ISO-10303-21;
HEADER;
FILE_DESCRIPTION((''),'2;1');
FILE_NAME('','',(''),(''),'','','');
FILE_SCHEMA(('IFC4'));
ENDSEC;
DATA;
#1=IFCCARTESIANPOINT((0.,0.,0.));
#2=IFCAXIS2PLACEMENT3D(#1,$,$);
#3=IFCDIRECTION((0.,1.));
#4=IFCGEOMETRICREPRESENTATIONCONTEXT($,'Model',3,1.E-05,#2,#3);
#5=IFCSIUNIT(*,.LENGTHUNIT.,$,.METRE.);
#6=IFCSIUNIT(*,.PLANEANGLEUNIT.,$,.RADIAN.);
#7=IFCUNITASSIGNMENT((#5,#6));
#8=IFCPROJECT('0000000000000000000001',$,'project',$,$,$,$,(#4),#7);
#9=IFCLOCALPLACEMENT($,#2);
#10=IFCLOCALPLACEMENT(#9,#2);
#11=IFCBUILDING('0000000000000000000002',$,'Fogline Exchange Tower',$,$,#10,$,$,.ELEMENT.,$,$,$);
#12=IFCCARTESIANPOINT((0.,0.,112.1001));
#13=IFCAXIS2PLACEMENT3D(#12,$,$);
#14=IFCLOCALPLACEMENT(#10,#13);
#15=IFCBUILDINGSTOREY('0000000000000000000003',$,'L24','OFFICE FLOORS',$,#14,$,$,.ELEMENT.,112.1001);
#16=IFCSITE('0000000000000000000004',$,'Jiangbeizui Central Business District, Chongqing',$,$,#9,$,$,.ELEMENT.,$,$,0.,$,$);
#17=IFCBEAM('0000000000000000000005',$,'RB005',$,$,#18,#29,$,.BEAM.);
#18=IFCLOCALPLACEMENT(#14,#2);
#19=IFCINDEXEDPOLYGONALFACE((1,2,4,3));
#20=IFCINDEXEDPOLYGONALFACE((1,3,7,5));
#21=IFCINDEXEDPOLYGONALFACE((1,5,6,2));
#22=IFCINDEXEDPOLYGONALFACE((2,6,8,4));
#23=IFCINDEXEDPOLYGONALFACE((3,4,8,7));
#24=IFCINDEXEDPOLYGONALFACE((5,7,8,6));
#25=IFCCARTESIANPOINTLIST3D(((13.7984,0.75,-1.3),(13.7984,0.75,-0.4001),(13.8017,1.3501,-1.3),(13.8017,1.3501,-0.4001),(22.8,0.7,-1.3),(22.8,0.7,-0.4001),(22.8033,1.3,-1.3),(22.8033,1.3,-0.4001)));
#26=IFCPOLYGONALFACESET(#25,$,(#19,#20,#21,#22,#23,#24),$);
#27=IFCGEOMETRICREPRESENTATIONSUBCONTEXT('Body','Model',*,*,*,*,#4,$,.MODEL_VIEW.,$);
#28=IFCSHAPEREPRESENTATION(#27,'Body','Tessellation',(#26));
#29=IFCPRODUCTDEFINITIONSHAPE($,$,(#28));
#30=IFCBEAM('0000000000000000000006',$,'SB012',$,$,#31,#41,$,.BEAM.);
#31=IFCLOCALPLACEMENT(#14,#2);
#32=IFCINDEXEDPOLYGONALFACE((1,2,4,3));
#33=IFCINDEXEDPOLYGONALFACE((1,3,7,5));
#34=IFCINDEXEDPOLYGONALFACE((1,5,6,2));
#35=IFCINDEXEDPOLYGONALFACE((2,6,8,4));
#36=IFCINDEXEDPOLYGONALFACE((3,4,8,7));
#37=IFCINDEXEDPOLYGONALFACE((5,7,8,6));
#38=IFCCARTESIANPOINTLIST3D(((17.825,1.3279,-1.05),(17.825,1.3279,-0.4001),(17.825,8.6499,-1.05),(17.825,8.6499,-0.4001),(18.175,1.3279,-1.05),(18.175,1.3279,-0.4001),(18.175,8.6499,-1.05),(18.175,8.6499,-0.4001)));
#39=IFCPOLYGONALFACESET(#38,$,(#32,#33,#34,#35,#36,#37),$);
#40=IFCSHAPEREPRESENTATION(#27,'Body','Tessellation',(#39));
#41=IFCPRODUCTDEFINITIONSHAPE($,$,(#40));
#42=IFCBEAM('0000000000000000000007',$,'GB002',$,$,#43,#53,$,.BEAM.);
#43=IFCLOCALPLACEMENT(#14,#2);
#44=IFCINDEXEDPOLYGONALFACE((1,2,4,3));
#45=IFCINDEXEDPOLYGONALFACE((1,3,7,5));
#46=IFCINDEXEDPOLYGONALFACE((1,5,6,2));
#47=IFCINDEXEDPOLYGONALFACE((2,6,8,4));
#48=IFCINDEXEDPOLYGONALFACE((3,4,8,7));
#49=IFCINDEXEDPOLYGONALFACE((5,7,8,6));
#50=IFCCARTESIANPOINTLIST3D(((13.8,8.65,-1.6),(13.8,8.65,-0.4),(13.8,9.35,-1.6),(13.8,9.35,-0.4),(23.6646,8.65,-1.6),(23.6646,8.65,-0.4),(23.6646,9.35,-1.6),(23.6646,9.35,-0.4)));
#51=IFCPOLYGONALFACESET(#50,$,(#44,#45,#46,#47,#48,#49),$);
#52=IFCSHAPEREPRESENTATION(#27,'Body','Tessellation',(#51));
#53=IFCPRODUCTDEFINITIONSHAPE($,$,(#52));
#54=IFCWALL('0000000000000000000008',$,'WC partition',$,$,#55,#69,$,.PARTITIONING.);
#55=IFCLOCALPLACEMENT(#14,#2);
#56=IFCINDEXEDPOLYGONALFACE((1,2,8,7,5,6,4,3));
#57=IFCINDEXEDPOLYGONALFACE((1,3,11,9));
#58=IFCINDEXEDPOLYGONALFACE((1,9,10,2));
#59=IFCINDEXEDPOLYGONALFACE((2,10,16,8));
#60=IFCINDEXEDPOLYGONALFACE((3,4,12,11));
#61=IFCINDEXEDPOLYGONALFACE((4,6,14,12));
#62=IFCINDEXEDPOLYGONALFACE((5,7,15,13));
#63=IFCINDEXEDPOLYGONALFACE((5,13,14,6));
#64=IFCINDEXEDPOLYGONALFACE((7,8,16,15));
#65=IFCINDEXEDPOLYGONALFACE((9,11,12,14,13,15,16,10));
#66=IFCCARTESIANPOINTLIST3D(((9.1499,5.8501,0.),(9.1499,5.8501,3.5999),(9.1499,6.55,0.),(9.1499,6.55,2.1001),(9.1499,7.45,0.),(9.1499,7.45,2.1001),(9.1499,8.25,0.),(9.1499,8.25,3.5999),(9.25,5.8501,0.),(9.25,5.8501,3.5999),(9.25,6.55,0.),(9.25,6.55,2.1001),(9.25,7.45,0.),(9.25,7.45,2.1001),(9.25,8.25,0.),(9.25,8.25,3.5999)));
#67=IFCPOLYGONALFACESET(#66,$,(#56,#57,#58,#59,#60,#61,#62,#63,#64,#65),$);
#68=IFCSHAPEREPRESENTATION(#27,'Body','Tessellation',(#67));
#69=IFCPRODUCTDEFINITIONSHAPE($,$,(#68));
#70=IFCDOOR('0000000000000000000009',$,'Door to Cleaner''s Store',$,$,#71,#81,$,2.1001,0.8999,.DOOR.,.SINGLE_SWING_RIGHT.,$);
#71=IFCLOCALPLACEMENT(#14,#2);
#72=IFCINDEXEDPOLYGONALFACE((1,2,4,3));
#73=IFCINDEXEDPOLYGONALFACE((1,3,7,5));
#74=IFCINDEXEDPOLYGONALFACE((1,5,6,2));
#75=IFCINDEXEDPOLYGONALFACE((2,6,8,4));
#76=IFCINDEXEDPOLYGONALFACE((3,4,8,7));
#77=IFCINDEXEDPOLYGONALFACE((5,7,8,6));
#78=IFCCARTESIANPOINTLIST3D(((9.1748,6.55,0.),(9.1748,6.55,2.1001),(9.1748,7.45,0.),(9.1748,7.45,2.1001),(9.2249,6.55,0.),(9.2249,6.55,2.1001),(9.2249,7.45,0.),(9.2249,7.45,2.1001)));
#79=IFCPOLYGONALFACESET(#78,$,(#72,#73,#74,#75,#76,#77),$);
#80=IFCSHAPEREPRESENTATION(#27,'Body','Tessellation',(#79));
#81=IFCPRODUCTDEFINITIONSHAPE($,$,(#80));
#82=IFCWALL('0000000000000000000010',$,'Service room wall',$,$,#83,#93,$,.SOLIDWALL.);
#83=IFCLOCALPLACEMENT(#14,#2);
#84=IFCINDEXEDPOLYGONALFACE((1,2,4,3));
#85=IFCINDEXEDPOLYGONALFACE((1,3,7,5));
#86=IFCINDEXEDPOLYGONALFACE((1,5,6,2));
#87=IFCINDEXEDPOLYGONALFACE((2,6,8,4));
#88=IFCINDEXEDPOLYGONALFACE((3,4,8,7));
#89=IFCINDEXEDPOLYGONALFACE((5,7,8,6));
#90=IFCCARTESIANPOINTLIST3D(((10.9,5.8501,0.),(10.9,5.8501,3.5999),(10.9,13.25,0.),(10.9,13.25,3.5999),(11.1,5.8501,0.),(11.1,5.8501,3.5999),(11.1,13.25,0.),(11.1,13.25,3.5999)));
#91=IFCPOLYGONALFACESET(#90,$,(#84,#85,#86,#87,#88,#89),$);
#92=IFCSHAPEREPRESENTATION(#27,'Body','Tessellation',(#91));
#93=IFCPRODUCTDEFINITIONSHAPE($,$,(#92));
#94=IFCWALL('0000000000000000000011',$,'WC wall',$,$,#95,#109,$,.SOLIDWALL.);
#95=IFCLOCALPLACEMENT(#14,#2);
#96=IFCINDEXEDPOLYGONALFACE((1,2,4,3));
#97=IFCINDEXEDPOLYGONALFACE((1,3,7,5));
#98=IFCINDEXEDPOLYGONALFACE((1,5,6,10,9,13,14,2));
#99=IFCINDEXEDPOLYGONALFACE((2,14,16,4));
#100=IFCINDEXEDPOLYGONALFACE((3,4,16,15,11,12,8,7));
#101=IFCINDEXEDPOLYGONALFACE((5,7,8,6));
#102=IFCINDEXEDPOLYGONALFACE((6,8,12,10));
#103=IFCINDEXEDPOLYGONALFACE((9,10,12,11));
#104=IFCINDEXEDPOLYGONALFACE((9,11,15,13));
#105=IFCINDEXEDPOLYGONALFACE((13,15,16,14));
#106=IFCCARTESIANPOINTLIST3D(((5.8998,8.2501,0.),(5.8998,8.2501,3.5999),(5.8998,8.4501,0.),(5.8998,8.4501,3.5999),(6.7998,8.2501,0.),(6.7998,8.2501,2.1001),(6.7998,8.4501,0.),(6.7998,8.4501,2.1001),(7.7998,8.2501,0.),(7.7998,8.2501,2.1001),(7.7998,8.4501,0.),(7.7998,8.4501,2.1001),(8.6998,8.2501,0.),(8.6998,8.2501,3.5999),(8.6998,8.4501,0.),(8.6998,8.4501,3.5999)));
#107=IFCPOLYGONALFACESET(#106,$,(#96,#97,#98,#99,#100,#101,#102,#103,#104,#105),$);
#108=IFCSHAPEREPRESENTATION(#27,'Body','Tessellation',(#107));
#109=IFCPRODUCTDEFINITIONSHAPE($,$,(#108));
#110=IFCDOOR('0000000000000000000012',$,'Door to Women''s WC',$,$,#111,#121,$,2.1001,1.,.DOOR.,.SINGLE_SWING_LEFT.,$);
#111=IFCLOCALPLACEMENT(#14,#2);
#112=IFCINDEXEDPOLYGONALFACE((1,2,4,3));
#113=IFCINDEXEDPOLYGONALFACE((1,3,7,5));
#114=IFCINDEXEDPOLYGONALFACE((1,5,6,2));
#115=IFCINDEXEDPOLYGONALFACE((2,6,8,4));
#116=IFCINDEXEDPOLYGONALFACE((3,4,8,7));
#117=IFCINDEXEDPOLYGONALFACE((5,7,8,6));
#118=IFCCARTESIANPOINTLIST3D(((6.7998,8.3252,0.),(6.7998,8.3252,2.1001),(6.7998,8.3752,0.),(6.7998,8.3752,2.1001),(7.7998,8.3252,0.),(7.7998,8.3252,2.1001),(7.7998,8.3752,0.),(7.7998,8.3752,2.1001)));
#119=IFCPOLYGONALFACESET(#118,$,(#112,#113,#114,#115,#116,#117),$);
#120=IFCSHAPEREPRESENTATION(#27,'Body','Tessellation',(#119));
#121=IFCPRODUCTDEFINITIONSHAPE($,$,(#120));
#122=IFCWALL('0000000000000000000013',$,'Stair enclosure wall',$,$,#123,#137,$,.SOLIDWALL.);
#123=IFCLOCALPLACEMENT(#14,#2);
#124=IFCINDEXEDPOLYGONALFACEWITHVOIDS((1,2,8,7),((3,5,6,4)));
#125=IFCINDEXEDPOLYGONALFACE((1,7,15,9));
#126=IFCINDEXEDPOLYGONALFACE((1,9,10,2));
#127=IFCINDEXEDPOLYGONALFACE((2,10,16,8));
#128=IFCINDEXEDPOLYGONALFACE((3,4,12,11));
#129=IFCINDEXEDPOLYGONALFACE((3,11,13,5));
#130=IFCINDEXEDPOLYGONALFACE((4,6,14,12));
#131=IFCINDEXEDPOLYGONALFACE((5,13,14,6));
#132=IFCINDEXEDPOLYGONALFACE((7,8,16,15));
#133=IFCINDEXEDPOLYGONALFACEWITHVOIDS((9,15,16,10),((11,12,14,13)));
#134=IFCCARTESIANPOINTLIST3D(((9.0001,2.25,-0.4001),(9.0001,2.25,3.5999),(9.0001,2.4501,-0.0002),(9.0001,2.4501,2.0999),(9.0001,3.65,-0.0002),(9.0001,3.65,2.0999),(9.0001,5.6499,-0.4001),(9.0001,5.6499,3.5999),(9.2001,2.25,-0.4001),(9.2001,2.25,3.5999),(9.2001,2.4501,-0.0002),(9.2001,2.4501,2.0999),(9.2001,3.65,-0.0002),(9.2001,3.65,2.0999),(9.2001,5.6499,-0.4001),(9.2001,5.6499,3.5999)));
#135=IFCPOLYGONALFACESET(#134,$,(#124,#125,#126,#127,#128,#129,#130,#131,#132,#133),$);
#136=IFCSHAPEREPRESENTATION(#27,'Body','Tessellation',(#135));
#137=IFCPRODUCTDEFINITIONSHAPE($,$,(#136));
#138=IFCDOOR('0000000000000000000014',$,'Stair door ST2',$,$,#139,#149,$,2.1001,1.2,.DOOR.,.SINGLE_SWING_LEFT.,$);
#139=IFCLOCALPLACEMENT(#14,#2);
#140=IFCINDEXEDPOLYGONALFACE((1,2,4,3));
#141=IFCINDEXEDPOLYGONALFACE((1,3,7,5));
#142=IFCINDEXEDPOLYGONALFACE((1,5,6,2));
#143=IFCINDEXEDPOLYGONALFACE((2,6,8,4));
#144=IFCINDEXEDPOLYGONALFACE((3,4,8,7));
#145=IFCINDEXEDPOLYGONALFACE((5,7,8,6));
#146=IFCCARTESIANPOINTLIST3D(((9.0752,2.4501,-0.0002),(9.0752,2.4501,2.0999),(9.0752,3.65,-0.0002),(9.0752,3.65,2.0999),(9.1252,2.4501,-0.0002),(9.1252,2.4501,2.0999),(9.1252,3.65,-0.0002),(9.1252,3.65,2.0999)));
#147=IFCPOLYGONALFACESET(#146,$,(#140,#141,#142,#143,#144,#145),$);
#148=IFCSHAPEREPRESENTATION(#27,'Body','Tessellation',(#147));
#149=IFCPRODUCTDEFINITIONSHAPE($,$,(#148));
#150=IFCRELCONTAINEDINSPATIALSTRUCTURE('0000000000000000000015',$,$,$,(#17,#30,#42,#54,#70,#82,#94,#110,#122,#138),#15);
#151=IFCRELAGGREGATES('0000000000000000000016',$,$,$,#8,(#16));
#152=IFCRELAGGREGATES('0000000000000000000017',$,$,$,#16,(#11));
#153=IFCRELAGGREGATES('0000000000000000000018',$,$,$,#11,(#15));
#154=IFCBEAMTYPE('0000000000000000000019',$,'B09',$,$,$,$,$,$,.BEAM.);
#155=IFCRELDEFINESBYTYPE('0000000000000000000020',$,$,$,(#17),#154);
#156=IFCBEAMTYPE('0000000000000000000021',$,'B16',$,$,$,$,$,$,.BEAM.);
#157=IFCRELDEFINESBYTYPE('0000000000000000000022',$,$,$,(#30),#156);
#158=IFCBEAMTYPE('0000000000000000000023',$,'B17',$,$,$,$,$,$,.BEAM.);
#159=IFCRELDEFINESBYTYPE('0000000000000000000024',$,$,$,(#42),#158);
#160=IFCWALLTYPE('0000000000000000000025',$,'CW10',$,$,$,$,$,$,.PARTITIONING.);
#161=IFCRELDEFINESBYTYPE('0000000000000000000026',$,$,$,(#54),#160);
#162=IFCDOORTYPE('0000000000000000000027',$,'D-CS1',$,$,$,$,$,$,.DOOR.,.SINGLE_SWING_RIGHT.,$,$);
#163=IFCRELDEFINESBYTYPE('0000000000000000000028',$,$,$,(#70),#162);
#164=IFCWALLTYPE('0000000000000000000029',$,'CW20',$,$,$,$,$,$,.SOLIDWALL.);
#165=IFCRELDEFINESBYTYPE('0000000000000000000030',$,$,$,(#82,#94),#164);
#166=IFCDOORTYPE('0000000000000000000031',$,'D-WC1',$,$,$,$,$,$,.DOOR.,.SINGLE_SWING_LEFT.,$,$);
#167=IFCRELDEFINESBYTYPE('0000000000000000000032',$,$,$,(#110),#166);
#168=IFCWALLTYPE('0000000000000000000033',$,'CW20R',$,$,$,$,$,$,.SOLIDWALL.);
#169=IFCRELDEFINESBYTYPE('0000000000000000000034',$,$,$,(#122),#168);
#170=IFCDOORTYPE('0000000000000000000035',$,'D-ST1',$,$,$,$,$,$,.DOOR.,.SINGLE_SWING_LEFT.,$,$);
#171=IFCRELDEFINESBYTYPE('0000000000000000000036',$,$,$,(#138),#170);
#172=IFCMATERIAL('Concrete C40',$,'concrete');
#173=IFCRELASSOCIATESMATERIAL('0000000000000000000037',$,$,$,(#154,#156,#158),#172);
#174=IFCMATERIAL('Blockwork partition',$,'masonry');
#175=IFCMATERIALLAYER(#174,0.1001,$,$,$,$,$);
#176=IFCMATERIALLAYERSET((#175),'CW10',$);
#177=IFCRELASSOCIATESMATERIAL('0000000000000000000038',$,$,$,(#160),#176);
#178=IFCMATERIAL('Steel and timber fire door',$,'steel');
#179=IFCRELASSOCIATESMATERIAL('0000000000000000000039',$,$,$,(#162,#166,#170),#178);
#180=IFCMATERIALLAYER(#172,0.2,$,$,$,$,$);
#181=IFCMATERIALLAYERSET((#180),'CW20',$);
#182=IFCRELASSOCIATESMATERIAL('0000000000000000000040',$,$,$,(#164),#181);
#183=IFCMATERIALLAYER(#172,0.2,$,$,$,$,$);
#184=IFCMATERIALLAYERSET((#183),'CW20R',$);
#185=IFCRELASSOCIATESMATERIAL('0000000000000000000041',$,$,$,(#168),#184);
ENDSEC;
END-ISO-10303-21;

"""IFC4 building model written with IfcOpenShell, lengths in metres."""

from ifc_helpers import new_model, si_unit, direction, frame, frame_2d, origin, origin_2d, place, context, subcontext, project, spatial, rectangle, extrude, material, layer, layer_set, material_profile, profile_set, type_object, element, fill, save


model = new_model("IFC4")

# Units and contexts
model_context = context("Model", 3, precision=1e-05, world=origin(), true_north=direction((0.0, 1.0)))
body_context = subcontext(model_context, "Body", "Model", "MODEL_VIEW")
ifc_project = project(units=[si_unit("LENGTHUNIT", "METRE"), si_unit("PLANEANGLEUNIT", "RADIAN")], contexts=[model_context])

# Site, building, storey
site_placement = place(None, origin())
site = spatial("IfcSite", under=ifc_project, at=site_placement, Name="Jiangbeizui Central Business District, Chongqing", CompositionType="ELEMENT", RefElevation=0.0)
building_placement = place(site_placement, origin())
building = spatial("IfcBuilding", under=site, at=building_placement, Name="Fogline Exchange Tower", CompositionType="ELEMENT")
storey_placement = place(building_placement, frame((0.0, 0.0, 112.1001)))
storey = spatial("IfcBuildingStorey", under=building, at=storey_placement, Name="L24", Description="OFFICE FLOORS", CompositionType="ELEMENT", Elevation=112.1001)

# Beams
ifc_material_1 = material(Name="Concrete C40", Category="concrete")
ifc_material_profile_1 = material_profile(ifc_material_1, rectangle(XDim=0.6001, YDim=0.8999, at=origin_2d()), Name="RC 600x900")
ifc_profile_set_1 = profile_set([ifc_material_profile_1], Name="Concrete C40")
beam_type_1 = type_object("IfcBeamType", Name="B09", PredefinedType="BEAM", material=ifc_profile_set_1)
beam_1_placement = place(storey_placement, frame((13.8, 1.05, -0.8501), z_axis=(0.999985, -0.00556, 0.0), x_axis=(0.00556, 0.999985, 0.0)))
element("IfcBeam", 1, at=beam_1_placement, inside=storey, type_object=beam_type_1, Name="RB005", PredefinedType="BEAM", context=body_context, shape_type="SweptSolid", body=[
    extrude(rectangle(XDim=0.6001, YDim=0.8999, at=origin_2d()), origin(), (0.0, 0.0, 1.0), 9.0017),
])
ifc_material_profile_2 = material_profile(ifc_material_1, rectangle(XDim=0.3501, YDim=0.6499, at=origin_2d()), Name="RC 350x650")
ifc_profile_set_2 = profile_set([ifc_material_profile_2], Name="Concrete C40")
beam_type_2 = type_object("IfcBeamType", Name="B16", PredefinedType="BEAM", material=ifc_profile_set_2)
beam_2_placement = place(storey_placement, frame((18.0, 1.3279, -0.7251), z_axis=(0.0, 1.0, 0.0), x_axis=(-1.0, 0.0, 0.0)))
element("IfcBeam", 2, at=beam_2_placement, inside=storey, type_object=beam_type_2, Name="SB012", PredefinedType="BEAM", context=body_context, shape_type="SweptSolid", body=[
    extrude(rectangle(XDim=0.3501, YDim=0.6499, at=origin_2d()), origin(), (0.0, 0.0, 1.0), 7.322),
])
ifc_material_profile_3 = material_profile(ifc_material_1, rectangle(XDim=0.7, YDim=1.2, at=origin_2d()), Name="RC 700x1200")
ifc_profile_set_3 = profile_set([ifc_material_profile_3], Name="Concrete C40")
beam_type_3 = type_object("IfcBeamType", Name="B17", PredefinedType="BEAM", material=ifc_profile_set_3)
beam_3_placement = place(storey_placement, frame((13.8, 9.0, -1.0), z_axis=(1.0, 0.0, 0.0), x_axis=(0.0, 1.0, 0.0)))
element("IfcBeam", 3, at=beam_3_placement, inside=storey, type_object=beam_type_3, Name="GB002", PredefinedType="BEAM", context=body_context, shape_type="SweptSolid", body=[
    extrude(rectangle(XDim=0.7, YDim=1.2, at=origin_2d()), origin(), (0.0, 0.0, 1.0), 9.8645),
])

# Wall, opening, door
ifc_material_2 = material(Name="Blockwork partition", Category="masonry")
ifc_layer_1 = layer(ifc_material_2, 0.1001)
ifc_layer_set_1 = layer_set([ifc_layer_1], Name="CW10")
wall_type_1 = type_object("IfcWallType", Name="CW10", PredefinedType="PARTITIONING", material=ifc_layer_set_1)
wall_1_placement = place(storey_placement, frame((9.2, 5.8501, 0.0), z_axis=(0.0, 0.0, 1.0), x_axis=(0.0, 1.0, 0.0)))
wall_1 = element("IfcWall", 4, at=wall_1_placement, inside=storey, type_object=wall_type_1, Name="WC partition", PredefinedType="PARTITIONING", context=body_context, shape_type="SweptSolid", body=[
    extrude(rectangle(XDim=2.3999, YDim=0.1001, at=frame_2d((1.2, 0.0))), origin(), (0.0, 0.0, 1.0), 3.5999),
])
opening_1_placement = place(wall_1_placement, frame((0.7, 0.0, 0.0)))
opening_1 = element("IfcOpeningElement", 5, at=opening_1_placement, cuts=wall_1, PredefinedType="OPENING", context=body_context, shape_type="SweptSolid", body=[
    extrude(rectangle(XDim=0.8999, YDim=2.1001, at=frame_2d((0.45, 1.05))), frame((0.0, 0.0601, 0.0), z_axis=(0.0, -1.0, 0.0), x_axis=(1.0, 0.0, 0.0)), (0.0, 0.0, 1.0), 0.1201),
])
ifc_material_3 = material(Name="Steel and timber fire door", Category="steel")
door_type_1 = type_object("IfcDoorType", Name="D-CS1", OperationType="SINGLE_SWING_RIGHT", PredefinedType="DOOR", material=ifc_material_3)
door_1_placement = place(opening_1_placement, frame((0.8999, 0.0, 0.0), z_axis=(0.0, 0.0, 1.0), x_axis=(-1.0, 0.0, 0.0)))
door_1 = element("IfcDoor", 6, at=door_1_placement, inside=storey, type_object=door_type_1, Name="Door to Cleaner's Store", OperationType="SINGLE_SWING_RIGHT", OverallHeight=2.1001, OverallWidth=0.8999, PredefinedType="DOOR", context=body_context, shape_type="SweptSolid", body=[
    extrude(rectangle(XDim=0.8999, YDim=2.1001, at=frame_2d((0.45, 1.05))), frame((0.0, 0.0249, 0.0), z_axis=(0.0, -1.0, 0.0), x_axis=(1.0, 0.0, 0.0)), (0.0, 0.0, 1.0), 0.05),
])
fill(opening_1, door_1)

# Wall
ifc_layer_2 = layer(ifc_material_1, 0.2)
ifc_layer_set_2 = layer_set([ifc_layer_2], Name="CW20")
wall_type_2 = type_object("IfcWallType", Name="CW20", PredefinedType="SOLIDWALL", material=ifc_layer_set_2)
wall_2_placement = place(storey_placement, frame((11.0, 5.8501, 0.0), z_axis=(0.0, 0.0, 1.0), x_axis=(0.0, 1.0, 0.0)))
element("IfcWall", 7, at=wall_2_placement, inside=storey, type_object=wall_type_2, Name="Service room wall", PredefinedType="SOLIDWALL", context=body_context, shape_type="SweptSolid", body=[
    extrude(rectangle(XDim=7.3999, YDim=0.2, at=frame_2d((3.7, 0.0))), origin(), (0.0, 0.0, 1.0), 3.5999),
])

# Walls, openings, doors
wall_3_placement = place(storey_placement, frame((5.8999, 8.3501, 0.0), z_axis=(0.0, 0.0, 1.0), x_axis=(1.0, 0.0, 0.0)))
wall_3 = element("IfcWall", 8, at=wall_3_placement, inside=storey, type_object=wall_type_2, Name="WC wall", PredefinedType="SOLIDWALL", context=body_context, shape_type="SweptSolid", body=[
    extrude(rectangle(XDim=2.8, YDim=0.2, at=frame_2d((1.3999, 0.0))), origin(), (0.0, 0.0, 1.0), 3.5999),
])
opening_2_placement = place(wall_3_placement, frame((0.8999, 0.0, 0.0)))
opening_2 = element("IfcOpeningElement", 9, at=opening_2_placement, cuts=wall_3, PredefinedType="OPENING", context=body_context, shape_type="SweptSolid", body=[
    extrude(rectangle(XDim=1.0, YDim=2.1001, at=frame_2d((0.5, 1.05))), frame((0.0, 0.1099, 0.0), z_axis=(0.0, -1.0, 0.0), x_axis=(1.0, 0.0, 0.0)), (0.0, 0.0, 1.0), 0.22),
])
door_type_2 = type_object("IfcDoorType", Name="D-WC1", OperationType="SINGLE_SWING_LEFT", PredefinedType="DOOR", material=ifc_material_3)
door_2_placement = place(opening_2_placement, frame((1.0, 0.0, 0.0), z_axis=(0.0, 0.0, 1.0), x_axis=(-1.0, 0.0, 0.0)))
door_2 = element("IfcDoor", 10, at=door_2_placement, inside=storey, type_object=door_type_2, Name="Door to Women's WC", OperationType="SINGLE_SWING_LEFT", OverallHeight=2.1001, OverallWidth=1.0, PredefinedType="DOOR", context=body_context, shape_type="SweptSolid", body=[
    extrude(rectangle(XDim=1.0, YDim=2.1001, at=frame_2d((0.5, 1.05))), frame((0.0, 0.0249, 0.0), z_axis=(0.0, -1.0, 0.0), x_axis=(1.0, 0.0, 0.0)), (0.0, 0.0, 1.0), 0.05),
])
fill(opening_2, door_2)
ifc_layer_3 = layer(ifc_material_1, 0.2)
ifc_layer_set_3 = layer_set([ifc_layer_3], Name="CW20R")
wall_type_3 = type_object("IfcWallType", Name="CW20R", PredefinedType="SOLIDWALL", material=ifc_layer_set_3)
wall_4_placement = place(storey_placement, frame((9.1001, 2.25, -0.4001), z_axis=(0.0, 0.0, 1.0), x_axis=(0.0, 1.0, 0.0)))
wall_4 = element("IfcWall", 11, at=wall_4_placement, inside=storey, type_object=wall_type_3, Name="Stair enclosure wall", PredefinedType="SOLIDWALL", context=body_context, shape_type="SweptSolid", body=[
    extrude(rectangle(XDim=3.3999, YDim=0.2, at=frame_2d((1.7, 0.0))), origin(), (0.0, 0.0, 1.0), 4.0),
])
opening_3_placement = place(wall_4_placement, frame((0.2, 0.0, 0.3999)))
opening_3 = element("IfcOpeningElement", 12, at=opening_3_placement, cuts=wall_4, PredefinedType="OPENING", context=body_context, shape_type="SweptSolid", body=[
    extrude(rectangle(XDim=1.2, YDim=2.1001, at=frame_2d((0.6001, 1.05))), frame((0.0, 0.1099, 0.0), z_axis=(0.0, -1.0, 0.0), x_axis=(1.0, 0.0, 0.0)), (0.0, 0.0, 1.0), 0.22),
])
door_type_3 = type_object("IfcDoorType", Name="D-ST1", OperationType="SINGLE_SWING_LEFT", PredefinedType="DOOR", material=ifc_material_3)
door_3_placement = place(opening_3_placement, origin())
door_3 = element("IfcDoor", 13, at=door_3_placement, inside=storey, type_object=door_type_3, Name="Stair door ST2", OperationType="SINGLE_SWING_LEFT", OverallHeight=2.1001, OverallWidth=1.2, PredefinedType="DOOR", context=body_context, shape_type="SweptSolid", body=[
    extrude(rectangle(XDim=1.2, YDim=2.1001, at=frame_2d((0.6001, 1.05))), frame((0.0, 0.0249, 0.0), z_axis=(0.0, -1.0, 0.0), x_axis=(1.0, 0.0, 0.0)), (0.0, 0.0, 1.0), 0.05),
])
fill(opening_3, door_3)

save(model, "model.ifc")
